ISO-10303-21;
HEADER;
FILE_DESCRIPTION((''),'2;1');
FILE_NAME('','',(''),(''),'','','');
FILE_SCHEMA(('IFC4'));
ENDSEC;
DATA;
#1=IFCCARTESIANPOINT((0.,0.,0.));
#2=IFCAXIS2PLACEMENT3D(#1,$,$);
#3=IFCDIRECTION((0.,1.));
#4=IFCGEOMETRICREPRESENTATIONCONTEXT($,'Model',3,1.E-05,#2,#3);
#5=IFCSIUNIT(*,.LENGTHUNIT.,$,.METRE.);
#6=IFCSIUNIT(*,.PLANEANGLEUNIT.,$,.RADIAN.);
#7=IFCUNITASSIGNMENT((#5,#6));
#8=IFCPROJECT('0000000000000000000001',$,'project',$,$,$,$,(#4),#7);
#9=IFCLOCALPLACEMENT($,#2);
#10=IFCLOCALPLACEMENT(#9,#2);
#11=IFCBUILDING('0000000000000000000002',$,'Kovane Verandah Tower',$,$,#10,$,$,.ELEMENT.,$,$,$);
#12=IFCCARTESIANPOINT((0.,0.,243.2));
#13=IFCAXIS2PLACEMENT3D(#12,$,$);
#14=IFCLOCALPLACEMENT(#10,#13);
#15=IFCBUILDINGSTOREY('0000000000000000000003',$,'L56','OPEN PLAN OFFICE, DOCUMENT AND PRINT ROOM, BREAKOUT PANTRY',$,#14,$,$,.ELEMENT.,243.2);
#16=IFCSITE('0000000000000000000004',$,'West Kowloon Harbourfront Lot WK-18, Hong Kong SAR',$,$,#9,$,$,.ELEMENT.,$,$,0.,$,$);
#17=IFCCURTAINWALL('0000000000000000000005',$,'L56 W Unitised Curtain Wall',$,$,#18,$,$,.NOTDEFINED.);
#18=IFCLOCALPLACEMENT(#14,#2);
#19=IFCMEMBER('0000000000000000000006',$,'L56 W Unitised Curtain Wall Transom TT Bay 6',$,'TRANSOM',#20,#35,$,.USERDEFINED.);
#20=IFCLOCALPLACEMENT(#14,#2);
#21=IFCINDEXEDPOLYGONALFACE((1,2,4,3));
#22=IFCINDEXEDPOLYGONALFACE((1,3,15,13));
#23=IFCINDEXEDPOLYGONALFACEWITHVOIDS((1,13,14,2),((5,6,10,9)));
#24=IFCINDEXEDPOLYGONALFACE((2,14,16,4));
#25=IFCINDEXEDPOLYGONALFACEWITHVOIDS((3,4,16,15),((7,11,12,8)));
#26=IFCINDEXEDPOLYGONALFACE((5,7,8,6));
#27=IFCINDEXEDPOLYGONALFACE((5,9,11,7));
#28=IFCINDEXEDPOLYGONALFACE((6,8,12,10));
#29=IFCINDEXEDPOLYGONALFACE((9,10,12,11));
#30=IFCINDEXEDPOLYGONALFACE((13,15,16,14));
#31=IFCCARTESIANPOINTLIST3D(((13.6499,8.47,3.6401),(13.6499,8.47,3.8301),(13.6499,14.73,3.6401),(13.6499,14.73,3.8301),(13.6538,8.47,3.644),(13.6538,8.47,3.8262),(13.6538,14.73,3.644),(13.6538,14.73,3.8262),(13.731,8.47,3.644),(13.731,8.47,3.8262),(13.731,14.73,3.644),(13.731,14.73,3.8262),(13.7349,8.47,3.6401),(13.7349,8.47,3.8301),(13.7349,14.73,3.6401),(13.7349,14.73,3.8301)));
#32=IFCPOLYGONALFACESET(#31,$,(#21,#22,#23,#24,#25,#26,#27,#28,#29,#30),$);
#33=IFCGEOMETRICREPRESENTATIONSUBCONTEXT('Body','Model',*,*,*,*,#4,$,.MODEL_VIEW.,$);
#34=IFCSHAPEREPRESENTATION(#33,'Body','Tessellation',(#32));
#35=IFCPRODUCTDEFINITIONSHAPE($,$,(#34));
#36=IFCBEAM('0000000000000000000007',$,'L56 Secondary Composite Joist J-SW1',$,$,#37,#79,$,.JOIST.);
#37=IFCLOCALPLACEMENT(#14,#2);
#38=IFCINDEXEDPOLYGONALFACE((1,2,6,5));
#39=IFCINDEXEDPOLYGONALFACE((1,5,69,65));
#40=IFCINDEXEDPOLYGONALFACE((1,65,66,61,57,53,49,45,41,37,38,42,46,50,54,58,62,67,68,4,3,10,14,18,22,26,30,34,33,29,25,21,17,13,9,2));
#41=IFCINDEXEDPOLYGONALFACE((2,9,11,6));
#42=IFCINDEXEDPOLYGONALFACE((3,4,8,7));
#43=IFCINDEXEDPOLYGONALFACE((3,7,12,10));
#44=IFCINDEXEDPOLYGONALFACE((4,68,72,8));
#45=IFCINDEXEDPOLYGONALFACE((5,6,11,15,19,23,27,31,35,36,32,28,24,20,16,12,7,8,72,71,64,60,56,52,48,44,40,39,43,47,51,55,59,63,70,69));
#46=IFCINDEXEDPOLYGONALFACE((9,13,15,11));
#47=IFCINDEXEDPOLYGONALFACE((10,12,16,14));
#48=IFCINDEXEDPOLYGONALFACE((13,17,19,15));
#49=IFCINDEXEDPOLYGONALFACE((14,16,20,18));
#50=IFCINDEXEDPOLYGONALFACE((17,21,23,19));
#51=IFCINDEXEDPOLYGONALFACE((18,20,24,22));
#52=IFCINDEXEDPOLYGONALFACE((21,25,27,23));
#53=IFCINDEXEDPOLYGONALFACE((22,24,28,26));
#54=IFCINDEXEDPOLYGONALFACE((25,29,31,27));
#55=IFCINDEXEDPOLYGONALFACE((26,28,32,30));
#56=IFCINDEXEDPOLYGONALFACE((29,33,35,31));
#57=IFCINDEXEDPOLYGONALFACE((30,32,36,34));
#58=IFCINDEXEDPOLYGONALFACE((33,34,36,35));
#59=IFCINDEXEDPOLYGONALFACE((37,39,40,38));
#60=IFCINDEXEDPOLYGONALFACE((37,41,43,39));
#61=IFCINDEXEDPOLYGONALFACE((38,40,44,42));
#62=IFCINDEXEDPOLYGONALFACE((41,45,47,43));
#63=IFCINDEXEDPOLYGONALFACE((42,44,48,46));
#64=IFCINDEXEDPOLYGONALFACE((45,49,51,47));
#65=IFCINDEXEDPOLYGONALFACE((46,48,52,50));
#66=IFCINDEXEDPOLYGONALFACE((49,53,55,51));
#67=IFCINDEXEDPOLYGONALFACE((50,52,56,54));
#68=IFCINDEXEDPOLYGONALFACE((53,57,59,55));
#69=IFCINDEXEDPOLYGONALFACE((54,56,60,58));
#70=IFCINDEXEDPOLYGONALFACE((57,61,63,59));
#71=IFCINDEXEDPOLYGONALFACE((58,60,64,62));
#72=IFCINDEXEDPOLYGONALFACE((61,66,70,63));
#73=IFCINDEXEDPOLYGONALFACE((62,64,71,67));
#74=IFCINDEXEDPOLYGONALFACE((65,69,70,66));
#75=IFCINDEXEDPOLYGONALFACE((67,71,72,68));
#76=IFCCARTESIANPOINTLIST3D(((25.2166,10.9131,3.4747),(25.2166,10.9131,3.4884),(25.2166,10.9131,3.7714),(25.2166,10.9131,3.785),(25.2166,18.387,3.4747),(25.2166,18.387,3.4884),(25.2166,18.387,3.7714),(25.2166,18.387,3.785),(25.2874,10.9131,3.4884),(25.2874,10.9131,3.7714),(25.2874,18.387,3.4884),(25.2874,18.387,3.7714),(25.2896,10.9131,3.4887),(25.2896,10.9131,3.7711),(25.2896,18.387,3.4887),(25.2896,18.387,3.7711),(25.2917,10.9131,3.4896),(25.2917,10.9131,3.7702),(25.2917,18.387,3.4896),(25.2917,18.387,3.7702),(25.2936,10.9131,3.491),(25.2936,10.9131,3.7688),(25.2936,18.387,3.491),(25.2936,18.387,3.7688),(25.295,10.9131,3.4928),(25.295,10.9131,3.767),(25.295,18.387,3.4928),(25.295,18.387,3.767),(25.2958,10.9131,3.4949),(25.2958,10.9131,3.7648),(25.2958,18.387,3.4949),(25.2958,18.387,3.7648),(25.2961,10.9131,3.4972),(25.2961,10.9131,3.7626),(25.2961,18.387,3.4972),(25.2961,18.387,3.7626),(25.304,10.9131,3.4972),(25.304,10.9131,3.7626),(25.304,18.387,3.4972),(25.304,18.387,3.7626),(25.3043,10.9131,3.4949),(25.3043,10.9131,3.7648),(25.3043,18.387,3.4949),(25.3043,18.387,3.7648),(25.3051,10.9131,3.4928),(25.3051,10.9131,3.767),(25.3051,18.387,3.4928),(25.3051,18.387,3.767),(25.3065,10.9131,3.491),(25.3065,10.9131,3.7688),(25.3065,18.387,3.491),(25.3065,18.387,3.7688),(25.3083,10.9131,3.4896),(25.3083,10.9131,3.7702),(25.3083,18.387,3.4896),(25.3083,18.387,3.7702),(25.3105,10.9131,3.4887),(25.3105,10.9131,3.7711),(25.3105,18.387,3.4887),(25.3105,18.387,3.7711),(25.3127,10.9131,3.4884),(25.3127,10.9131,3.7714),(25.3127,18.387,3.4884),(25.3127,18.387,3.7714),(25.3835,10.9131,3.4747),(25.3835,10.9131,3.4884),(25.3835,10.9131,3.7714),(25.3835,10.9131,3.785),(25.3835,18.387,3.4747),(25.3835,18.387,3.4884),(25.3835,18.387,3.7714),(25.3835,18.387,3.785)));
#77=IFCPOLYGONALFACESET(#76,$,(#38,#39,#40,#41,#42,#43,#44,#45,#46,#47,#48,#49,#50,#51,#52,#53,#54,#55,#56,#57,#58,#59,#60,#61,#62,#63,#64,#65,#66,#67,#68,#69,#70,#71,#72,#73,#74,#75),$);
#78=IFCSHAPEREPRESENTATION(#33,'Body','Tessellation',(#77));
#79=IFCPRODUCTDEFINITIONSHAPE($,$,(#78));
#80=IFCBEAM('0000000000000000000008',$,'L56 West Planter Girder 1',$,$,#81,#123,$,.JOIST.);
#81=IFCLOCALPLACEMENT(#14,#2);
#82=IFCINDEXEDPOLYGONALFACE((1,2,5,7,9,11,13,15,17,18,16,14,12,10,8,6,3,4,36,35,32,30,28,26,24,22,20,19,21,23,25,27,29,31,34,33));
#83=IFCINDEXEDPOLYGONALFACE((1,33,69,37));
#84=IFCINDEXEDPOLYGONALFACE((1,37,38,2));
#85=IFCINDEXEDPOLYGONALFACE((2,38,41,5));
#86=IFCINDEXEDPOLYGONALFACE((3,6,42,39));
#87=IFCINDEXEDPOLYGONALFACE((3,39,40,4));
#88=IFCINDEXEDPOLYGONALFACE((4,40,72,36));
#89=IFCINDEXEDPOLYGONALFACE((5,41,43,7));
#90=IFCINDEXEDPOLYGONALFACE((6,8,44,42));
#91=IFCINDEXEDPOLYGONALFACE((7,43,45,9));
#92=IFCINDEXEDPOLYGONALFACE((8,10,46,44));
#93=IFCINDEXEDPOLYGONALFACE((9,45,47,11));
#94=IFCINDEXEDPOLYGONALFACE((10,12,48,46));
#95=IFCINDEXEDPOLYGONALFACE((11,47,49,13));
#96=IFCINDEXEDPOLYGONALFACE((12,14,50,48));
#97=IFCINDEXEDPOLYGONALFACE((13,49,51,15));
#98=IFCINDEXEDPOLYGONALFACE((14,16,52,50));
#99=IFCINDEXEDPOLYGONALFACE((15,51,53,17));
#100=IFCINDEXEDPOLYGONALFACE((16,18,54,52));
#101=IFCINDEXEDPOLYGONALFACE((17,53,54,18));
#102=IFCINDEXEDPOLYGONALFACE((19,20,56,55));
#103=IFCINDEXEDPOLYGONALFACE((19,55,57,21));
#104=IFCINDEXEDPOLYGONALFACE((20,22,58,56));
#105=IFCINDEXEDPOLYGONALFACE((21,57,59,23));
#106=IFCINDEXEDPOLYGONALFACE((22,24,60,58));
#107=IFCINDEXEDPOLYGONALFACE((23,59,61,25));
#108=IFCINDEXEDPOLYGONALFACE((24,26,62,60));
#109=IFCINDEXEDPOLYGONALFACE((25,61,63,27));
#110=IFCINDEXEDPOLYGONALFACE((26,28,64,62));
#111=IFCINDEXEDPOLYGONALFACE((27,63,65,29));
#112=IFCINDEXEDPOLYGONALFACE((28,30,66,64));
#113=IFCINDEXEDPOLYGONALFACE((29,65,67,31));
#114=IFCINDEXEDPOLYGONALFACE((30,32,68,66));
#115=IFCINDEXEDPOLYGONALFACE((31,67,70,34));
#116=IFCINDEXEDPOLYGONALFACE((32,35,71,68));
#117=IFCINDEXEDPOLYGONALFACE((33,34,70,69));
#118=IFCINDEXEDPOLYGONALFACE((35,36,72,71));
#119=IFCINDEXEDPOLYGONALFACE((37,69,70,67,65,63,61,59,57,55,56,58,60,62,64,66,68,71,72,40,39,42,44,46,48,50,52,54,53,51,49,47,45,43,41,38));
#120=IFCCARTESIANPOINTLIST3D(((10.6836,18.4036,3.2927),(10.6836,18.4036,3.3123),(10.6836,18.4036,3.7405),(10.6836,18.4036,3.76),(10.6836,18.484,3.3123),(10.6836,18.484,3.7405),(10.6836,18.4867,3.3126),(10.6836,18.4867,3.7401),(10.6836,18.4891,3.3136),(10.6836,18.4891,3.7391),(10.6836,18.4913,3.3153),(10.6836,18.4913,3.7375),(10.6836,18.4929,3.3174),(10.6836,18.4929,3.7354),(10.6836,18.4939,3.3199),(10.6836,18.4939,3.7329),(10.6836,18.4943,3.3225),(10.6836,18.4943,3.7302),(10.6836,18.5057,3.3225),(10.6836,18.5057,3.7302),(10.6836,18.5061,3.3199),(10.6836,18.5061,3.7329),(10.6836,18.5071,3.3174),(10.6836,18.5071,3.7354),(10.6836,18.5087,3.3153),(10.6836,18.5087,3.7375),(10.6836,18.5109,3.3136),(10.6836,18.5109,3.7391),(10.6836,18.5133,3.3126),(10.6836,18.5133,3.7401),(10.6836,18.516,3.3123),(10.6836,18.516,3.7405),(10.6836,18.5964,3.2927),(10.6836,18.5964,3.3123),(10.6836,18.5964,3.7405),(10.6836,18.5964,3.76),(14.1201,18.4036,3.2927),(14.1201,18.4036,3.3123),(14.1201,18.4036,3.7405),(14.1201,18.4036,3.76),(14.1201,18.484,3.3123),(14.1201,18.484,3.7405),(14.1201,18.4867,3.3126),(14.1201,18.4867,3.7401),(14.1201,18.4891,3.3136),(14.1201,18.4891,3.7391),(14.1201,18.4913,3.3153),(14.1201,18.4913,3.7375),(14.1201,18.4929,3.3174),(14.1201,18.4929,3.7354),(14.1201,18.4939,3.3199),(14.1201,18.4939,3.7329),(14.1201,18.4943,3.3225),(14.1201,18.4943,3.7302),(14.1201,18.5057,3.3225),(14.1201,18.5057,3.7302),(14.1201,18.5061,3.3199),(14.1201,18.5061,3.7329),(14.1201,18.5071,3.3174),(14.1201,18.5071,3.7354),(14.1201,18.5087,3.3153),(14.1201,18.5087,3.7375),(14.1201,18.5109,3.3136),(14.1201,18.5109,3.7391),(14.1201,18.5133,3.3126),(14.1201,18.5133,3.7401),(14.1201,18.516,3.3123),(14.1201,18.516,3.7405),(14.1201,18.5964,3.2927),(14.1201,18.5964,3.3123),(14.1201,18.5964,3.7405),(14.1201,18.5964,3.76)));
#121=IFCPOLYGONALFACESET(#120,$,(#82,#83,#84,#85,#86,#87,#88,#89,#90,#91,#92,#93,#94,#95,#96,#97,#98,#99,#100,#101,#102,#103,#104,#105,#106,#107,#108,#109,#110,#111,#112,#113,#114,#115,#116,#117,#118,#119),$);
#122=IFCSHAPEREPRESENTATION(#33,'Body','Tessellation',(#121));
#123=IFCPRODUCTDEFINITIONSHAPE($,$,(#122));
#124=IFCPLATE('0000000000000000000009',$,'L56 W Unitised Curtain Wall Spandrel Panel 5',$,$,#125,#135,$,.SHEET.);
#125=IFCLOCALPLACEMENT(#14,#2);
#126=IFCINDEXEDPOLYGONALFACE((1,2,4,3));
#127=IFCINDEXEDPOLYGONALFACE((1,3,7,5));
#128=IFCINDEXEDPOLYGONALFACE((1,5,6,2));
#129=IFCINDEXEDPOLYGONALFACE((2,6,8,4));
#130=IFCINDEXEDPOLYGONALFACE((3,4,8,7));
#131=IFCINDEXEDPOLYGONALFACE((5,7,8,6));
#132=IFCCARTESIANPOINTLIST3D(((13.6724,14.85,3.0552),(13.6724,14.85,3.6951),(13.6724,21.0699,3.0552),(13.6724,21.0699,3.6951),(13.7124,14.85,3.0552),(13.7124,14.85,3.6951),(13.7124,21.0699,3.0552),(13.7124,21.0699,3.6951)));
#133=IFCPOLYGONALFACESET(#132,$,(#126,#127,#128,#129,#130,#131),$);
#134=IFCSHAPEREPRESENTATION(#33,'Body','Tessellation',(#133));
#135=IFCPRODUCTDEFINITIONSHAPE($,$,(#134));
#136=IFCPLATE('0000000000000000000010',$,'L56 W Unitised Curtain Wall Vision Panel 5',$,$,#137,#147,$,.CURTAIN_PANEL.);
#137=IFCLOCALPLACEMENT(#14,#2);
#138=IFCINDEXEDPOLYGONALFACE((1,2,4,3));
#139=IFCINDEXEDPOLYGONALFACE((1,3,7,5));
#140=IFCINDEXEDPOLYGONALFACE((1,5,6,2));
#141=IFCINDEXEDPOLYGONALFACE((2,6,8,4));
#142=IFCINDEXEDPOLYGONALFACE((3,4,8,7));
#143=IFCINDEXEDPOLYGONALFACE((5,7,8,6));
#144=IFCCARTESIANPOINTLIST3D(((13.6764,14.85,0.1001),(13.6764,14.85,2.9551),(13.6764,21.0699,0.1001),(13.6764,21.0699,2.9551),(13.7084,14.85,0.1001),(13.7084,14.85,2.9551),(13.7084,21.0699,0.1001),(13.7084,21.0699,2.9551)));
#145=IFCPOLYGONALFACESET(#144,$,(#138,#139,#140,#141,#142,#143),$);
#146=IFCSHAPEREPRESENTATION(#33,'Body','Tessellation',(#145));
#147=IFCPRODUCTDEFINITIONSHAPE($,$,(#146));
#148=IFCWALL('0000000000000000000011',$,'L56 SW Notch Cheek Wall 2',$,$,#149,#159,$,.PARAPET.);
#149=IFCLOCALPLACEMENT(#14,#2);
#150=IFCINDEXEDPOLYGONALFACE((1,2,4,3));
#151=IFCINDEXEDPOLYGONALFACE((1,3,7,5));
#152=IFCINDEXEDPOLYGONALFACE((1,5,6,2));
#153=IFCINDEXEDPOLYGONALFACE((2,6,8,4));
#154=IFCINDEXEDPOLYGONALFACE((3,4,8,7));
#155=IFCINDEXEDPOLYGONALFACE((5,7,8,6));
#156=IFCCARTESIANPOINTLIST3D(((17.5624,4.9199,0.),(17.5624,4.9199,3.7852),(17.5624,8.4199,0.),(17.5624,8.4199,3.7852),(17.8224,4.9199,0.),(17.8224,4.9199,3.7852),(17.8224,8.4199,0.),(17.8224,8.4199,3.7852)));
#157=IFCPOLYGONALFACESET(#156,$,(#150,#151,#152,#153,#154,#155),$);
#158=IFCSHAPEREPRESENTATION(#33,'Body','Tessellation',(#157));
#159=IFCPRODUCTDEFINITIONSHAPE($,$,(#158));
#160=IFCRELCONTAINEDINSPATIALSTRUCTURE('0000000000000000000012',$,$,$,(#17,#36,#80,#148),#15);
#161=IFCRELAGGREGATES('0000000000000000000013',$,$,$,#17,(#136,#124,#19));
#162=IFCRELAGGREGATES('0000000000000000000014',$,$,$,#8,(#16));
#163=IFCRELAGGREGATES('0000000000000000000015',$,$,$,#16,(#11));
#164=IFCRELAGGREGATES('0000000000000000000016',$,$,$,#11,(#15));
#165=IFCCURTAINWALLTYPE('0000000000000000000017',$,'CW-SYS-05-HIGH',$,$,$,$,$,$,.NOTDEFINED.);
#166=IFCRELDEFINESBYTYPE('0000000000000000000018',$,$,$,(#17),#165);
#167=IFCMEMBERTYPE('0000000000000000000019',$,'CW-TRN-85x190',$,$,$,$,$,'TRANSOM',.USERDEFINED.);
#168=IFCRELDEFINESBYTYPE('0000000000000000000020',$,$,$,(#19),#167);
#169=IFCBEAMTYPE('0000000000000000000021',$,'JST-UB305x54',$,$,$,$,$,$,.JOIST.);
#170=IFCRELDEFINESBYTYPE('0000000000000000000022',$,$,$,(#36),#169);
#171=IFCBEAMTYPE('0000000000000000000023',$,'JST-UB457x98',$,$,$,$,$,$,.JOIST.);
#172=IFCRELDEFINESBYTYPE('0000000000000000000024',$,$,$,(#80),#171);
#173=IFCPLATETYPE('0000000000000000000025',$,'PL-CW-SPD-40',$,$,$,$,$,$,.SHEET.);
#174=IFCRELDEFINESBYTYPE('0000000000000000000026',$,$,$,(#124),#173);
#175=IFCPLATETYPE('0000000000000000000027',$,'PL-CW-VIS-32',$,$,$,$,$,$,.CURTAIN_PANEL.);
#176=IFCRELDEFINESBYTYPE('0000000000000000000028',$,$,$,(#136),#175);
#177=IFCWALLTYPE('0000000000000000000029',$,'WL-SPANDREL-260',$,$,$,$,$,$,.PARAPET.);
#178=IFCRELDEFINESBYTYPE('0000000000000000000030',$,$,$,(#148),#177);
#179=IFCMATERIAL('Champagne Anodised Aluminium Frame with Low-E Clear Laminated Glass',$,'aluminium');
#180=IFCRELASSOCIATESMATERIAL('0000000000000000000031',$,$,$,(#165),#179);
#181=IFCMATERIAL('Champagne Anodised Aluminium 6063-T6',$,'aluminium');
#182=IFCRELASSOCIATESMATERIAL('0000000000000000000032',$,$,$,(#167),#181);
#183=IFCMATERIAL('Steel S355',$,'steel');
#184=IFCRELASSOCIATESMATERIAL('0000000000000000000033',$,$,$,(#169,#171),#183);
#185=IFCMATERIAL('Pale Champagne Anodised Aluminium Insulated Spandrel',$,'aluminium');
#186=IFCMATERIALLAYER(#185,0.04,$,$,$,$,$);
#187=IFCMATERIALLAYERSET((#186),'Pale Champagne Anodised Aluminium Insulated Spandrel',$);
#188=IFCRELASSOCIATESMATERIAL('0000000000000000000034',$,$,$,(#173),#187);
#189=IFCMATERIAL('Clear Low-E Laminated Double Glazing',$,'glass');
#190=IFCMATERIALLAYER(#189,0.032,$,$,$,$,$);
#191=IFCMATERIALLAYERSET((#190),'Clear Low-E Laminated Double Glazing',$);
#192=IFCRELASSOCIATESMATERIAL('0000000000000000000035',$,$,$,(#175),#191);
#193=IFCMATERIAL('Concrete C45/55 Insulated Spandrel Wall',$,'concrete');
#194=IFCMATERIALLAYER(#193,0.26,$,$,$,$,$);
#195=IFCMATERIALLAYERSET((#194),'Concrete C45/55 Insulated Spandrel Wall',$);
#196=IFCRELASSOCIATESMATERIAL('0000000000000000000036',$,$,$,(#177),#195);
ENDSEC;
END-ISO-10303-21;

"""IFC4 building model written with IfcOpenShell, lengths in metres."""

from ifc_helpers import new_model, si_unit, direction, frame, frame_2d, origin, origin_2d, place, context, subcontext, project, spatial, rectangle, hollow_rectangle, i_section, extrude, material, layer, layer_set, material_profile, profile_set, type_object, element, aggregate, save


model = new_model("IFC4")

# Units and contexts
model_context = context("Model", 3, precision=1e-05, world=origin(), true_north=direction((0.0, 1.0)))
body_context = subcontext(model_context, "Body", "Model", "MODEL_VIEW")
ifc_project = project(units=[si_unit("LENGTHUNIT", "METRE"), si_unit("PLANEANGLEUNIT", "RADIAN")], contexts=[model_context])

# Site, building, storey
site_placement = place(None, origin())
site = spatial("IfcSite", under=ifc_project, at=site_placement, Name="West Kowloon Harbourfront Lot WK-18, Hong Kong SAR", CompositionType="ELEMENT", RefElevation=0.0)
building_placement = place(site_placement, origin())
building = spatial("IfcBuilding", under=site, at=building_placement, Name="Kovane Verandah Tower", CompositionType="ELEMENT")
storey_placement = place(building_placement, frame((0.0, 0.0, 243.2)))
storey = spatial("IfcBuildingStorey", under=building, at=storey_placement, Name="L56", Description="OPEN PLAN OFFICE, DOCUMENT AND PRINT ROOM, BREAKOUT PANTRY", CompositionType="ELEMENT", Elevation=243.2)

# Shared definitions
ifc_material_1 = material(Name="Steel S355", Category="steel")

# Curtain wall, member
ifc_material_2 = material(Name="Champagne Anodised Aluminium Frame with Low-E Clear Laminated Glass", Category="aluminium")
curtain_wall_type = type_object("IfcCurtainWallType", Name="CW-SYS-05-HIGH", PredefinedType="NOTDEFINED", material=ifc_material_2)
curtain_wall_placement = place(storey_placement, origin())
curtain_wall = element("IfcCurtainWall", 1, at=curtain_wall_placement, inside=storey, type_object=curtain_wall_type, Name="L56 W Unitised Curtain Wall", PredefinedType="NOTDEFINED")
ifc_material_3 = material(Name="Champagne Anodised Aluminium 6063-T6", Category="aluminium")
ifc_material_profile_1 = material_profile(ifc_material_3, hollow_rectangle(XDim=0.085, YDim=0.1899, WallThickness=0.0039, at=origin_2d()), Name="AL85x190x4")
ifc_profile_set_1 = profile_set([ifc_material_profile_1], Name="Champagne Anodised Aluminium 6063-T6")
member_type_1 = type_object("IfcMemberType", Name="CW-TRN-85x190", ElementType="TRANSOM", PredefinedType="USERDEFINED", material=ifc_profile_set_1)
member_1_placement = place(storey_placement, frame((13.6924, 14.73, 3.7351), z_axis=(0.0, -1.0, 0.0), x_axis=(1.0, 0.0, 0.0)))
member_1 = element("IfcMember", 2, at=member_1_placement, type_object=member_type_1, Name="L56 W Unitised Curtain Wall Transom TT Bay 6", ObjectType="TRANSOM", PredefinedType="USERDEFINED", context=body_context, shape_type="SweptSolid", body=[
    extrude(hollow_rectangle(XDim=0.085, YDim=0.1899, WallThickness=0.0039, at=origin_2d()), origin(), (0.0, 0.0, 1.0), 6.26),
])

# Beams
ifc_material_profile_2 = material_profile(ifc_material_1, i_section(OverallWidth=0.167, OverallDepth=0.3103, WebThickness=0.0078, FlangeThickness=0.0137, FilletRadius=0.0088, at=origin_2d()), Name="UB305x165x54")
ifc_profile_set_2 = profile_set([ifc_material_profile_2], Name="Steel S355")
beam_type_1 = type_object("IfcBeamType", Name="JST-UB305x54", PredefinedType="JOIST", material=ifc_profile_set_2)
beam_1_placement = place(storey_placement, frame((25.3, 10.9131, 3.6299), z_axis=(0.0, 1.0, 0.0), x_axis=(-1.0, 0.0, 0.0)))
element("IfcBeam", 3, at=beam_1_placement, inside=storey, type_object=beam_type_1, Name="L56 Secondary Composite Joist J-SW1", PredefinedType="JOIST", context=body_context, shape_type="SweptSolid", body=[
    extrude(i_section(OverallWidth=0.167, OverallDepth=0.3103, WebThickness=0.0078, FlangeThickness=0.0137, FilletRadius=0.0088, at=origin_2d()), origin(), (0.0, 0.0, 1.0), 7.4739),
])
ifc_material_profile_3 = material_profile(ifc_material_1, i_section(OverallWidth=0.1929, OverallDepth=0.4673, WebThickness=0.0115, FlangeThickness=0.0195, FilletRadius=0.0103, at=origin_2d()), Name="UB457x191x98")
ifc_profile_set_3 = profile_set([ifc_material_profile_3], Name="Steel S355")
beam_type_2 = type_object("IfcBeamType", Name="JST-UB457x98", PredefinedType="JOIST", material=ifc_profile_set_3)
beam_2_placement = place(storey_placement, frame((14.1201, 18.5, 3.5264), z_axis=(-1.0, 0.0, 0.0), x_axis=(0.0, -1.0, 0.0)))
element("IfcBeam", 4, at=beam_2_placement, inside=storey, type_object=beam_type_2, Name="L56 West Planter Girder 1", PredefinedType="JOIST", context=body_context, shape_type="SweptSolid", body=[
    extrude(i_section(OverallWidth=0.1929, OverallDepth=0.4673, WebThickness=0.0115, FlangeThickness=0.0195, FilletRadius=0.0103, at=origin_2d()), origin(), (0.0, 0.0, 1.0), 3.4365),
])

# Plates
ifc_material_4 = material(Name="Pale Champagne Anodised Aluminium Insulated Spandrel", Category="aluminium")
ifc_layer_1 = layer(ifc_material_4, 0.04)
ifc_layer_set_1 = layer_set([ifc_layer_1], Name="Pale Champagne Anodised Aluminium Insulated Spandrel")
plate_type_1 = type_object("IfcPlateType", Name="PL-CW-SPD-40", PredefinedType="SHEET", material=ifc_layer_set_1)
plate_1_placement = place(storey_placement, frame((13.6924, 17.96, 3.0552), z_axis=(0.0, 0.0, 1.0), x_axis=(0.0, -1.0, 0.0)))
plate_1 = element("IfcPlate", 5, at=plate_1_placement, type_object=plate_type_1, Name="L56 W Unitised Curtain Wall Spandrel Panel 5", PredefinedType="SHEET", context=body_context, shape_type="SweptSolid", body=[
    extrude(rectangle(XDim=6.22, YDim=0.04, at=origin_2d()), origin(), (0.0, 0.0, 1.0), 0.6399),
])
ifc_material_5 = material(Name="Clear Low-E Laminated Double Glazing", Category="glass")
ifc_layer_2 = layer(ifc_material_5, 0.032)
ifc_layer_set_2 = layer_set([ifc_layer_2], Name="Clear Low-E Laminated Double Glazing")
plate_type_2 = type_object("IfcPlateType", Name="PL-CW-VIS-32", PredefinedType="CURTAIN_PANEL", material=ifc_layer_set_2)
plate_2_placement = place(storey_placement, frame((13.6924, 17.96, 0.1001), z_axis=(0.0, 0.0, 1.0), x_axis=(0.0, -1.0, 0.0)))
plate_2 = element("IfcPlate", 6, at=plate_2_placement, type_object=plate_type_2, Name="L56 W Unitised Curtain Wall Vision Panel 5", PredefinedType="CURTAIN_PANEL", context=body_context, shape_type="SweptSolid", body=[
    extrude(rectangle(XDim=6.22, YDim=0.032, at=origin_2d()), origin(), (0.0, 0.0, 1.0), 2.855),
])
aggregate(curtain_wall, [plate_2, plate_1, member_1])

# Shared definitions
ifc_material_6 = material(Name="Concrete C45/55 Insulated Spandrel Wall", Category="concrete")
ifc_layer_3 = layer(ifc_material_6, 0.26)
ifc_layer_set_3 = layer_set([ifc_layer_3], Name="Concrete C45/55 Insulated Spandrel Wall")
wall_type = type_object("IfcWallType", Name="WL-SPANDREL-260", PredefinedType="PARAPET", material=ifc_layer_set_3)

# Wall
wall_1_placement = place(storey_placement, frame((17.6924, 8.4199, 0.0), z_axis=(0.0, 0.0, 1.0), x_axis=(0.0, -1.0, 0.0)))
element("IfcWall", 7, at=wall_1_placement, inside=storey, type_object=wall_type, Name="L56 SW Notch Cheek Wall 2", PredefinedType="PARAPET", context=body_context, shape_type="SweptSolid", body=[
    extrude(rectangle(XDim=3.5, YDim=0.26, at=frame_2d((1.75, 0.0))), origin(), (0.0, 0.0, 1.0), 3.7852),
])

save(model, "model.ifc")
